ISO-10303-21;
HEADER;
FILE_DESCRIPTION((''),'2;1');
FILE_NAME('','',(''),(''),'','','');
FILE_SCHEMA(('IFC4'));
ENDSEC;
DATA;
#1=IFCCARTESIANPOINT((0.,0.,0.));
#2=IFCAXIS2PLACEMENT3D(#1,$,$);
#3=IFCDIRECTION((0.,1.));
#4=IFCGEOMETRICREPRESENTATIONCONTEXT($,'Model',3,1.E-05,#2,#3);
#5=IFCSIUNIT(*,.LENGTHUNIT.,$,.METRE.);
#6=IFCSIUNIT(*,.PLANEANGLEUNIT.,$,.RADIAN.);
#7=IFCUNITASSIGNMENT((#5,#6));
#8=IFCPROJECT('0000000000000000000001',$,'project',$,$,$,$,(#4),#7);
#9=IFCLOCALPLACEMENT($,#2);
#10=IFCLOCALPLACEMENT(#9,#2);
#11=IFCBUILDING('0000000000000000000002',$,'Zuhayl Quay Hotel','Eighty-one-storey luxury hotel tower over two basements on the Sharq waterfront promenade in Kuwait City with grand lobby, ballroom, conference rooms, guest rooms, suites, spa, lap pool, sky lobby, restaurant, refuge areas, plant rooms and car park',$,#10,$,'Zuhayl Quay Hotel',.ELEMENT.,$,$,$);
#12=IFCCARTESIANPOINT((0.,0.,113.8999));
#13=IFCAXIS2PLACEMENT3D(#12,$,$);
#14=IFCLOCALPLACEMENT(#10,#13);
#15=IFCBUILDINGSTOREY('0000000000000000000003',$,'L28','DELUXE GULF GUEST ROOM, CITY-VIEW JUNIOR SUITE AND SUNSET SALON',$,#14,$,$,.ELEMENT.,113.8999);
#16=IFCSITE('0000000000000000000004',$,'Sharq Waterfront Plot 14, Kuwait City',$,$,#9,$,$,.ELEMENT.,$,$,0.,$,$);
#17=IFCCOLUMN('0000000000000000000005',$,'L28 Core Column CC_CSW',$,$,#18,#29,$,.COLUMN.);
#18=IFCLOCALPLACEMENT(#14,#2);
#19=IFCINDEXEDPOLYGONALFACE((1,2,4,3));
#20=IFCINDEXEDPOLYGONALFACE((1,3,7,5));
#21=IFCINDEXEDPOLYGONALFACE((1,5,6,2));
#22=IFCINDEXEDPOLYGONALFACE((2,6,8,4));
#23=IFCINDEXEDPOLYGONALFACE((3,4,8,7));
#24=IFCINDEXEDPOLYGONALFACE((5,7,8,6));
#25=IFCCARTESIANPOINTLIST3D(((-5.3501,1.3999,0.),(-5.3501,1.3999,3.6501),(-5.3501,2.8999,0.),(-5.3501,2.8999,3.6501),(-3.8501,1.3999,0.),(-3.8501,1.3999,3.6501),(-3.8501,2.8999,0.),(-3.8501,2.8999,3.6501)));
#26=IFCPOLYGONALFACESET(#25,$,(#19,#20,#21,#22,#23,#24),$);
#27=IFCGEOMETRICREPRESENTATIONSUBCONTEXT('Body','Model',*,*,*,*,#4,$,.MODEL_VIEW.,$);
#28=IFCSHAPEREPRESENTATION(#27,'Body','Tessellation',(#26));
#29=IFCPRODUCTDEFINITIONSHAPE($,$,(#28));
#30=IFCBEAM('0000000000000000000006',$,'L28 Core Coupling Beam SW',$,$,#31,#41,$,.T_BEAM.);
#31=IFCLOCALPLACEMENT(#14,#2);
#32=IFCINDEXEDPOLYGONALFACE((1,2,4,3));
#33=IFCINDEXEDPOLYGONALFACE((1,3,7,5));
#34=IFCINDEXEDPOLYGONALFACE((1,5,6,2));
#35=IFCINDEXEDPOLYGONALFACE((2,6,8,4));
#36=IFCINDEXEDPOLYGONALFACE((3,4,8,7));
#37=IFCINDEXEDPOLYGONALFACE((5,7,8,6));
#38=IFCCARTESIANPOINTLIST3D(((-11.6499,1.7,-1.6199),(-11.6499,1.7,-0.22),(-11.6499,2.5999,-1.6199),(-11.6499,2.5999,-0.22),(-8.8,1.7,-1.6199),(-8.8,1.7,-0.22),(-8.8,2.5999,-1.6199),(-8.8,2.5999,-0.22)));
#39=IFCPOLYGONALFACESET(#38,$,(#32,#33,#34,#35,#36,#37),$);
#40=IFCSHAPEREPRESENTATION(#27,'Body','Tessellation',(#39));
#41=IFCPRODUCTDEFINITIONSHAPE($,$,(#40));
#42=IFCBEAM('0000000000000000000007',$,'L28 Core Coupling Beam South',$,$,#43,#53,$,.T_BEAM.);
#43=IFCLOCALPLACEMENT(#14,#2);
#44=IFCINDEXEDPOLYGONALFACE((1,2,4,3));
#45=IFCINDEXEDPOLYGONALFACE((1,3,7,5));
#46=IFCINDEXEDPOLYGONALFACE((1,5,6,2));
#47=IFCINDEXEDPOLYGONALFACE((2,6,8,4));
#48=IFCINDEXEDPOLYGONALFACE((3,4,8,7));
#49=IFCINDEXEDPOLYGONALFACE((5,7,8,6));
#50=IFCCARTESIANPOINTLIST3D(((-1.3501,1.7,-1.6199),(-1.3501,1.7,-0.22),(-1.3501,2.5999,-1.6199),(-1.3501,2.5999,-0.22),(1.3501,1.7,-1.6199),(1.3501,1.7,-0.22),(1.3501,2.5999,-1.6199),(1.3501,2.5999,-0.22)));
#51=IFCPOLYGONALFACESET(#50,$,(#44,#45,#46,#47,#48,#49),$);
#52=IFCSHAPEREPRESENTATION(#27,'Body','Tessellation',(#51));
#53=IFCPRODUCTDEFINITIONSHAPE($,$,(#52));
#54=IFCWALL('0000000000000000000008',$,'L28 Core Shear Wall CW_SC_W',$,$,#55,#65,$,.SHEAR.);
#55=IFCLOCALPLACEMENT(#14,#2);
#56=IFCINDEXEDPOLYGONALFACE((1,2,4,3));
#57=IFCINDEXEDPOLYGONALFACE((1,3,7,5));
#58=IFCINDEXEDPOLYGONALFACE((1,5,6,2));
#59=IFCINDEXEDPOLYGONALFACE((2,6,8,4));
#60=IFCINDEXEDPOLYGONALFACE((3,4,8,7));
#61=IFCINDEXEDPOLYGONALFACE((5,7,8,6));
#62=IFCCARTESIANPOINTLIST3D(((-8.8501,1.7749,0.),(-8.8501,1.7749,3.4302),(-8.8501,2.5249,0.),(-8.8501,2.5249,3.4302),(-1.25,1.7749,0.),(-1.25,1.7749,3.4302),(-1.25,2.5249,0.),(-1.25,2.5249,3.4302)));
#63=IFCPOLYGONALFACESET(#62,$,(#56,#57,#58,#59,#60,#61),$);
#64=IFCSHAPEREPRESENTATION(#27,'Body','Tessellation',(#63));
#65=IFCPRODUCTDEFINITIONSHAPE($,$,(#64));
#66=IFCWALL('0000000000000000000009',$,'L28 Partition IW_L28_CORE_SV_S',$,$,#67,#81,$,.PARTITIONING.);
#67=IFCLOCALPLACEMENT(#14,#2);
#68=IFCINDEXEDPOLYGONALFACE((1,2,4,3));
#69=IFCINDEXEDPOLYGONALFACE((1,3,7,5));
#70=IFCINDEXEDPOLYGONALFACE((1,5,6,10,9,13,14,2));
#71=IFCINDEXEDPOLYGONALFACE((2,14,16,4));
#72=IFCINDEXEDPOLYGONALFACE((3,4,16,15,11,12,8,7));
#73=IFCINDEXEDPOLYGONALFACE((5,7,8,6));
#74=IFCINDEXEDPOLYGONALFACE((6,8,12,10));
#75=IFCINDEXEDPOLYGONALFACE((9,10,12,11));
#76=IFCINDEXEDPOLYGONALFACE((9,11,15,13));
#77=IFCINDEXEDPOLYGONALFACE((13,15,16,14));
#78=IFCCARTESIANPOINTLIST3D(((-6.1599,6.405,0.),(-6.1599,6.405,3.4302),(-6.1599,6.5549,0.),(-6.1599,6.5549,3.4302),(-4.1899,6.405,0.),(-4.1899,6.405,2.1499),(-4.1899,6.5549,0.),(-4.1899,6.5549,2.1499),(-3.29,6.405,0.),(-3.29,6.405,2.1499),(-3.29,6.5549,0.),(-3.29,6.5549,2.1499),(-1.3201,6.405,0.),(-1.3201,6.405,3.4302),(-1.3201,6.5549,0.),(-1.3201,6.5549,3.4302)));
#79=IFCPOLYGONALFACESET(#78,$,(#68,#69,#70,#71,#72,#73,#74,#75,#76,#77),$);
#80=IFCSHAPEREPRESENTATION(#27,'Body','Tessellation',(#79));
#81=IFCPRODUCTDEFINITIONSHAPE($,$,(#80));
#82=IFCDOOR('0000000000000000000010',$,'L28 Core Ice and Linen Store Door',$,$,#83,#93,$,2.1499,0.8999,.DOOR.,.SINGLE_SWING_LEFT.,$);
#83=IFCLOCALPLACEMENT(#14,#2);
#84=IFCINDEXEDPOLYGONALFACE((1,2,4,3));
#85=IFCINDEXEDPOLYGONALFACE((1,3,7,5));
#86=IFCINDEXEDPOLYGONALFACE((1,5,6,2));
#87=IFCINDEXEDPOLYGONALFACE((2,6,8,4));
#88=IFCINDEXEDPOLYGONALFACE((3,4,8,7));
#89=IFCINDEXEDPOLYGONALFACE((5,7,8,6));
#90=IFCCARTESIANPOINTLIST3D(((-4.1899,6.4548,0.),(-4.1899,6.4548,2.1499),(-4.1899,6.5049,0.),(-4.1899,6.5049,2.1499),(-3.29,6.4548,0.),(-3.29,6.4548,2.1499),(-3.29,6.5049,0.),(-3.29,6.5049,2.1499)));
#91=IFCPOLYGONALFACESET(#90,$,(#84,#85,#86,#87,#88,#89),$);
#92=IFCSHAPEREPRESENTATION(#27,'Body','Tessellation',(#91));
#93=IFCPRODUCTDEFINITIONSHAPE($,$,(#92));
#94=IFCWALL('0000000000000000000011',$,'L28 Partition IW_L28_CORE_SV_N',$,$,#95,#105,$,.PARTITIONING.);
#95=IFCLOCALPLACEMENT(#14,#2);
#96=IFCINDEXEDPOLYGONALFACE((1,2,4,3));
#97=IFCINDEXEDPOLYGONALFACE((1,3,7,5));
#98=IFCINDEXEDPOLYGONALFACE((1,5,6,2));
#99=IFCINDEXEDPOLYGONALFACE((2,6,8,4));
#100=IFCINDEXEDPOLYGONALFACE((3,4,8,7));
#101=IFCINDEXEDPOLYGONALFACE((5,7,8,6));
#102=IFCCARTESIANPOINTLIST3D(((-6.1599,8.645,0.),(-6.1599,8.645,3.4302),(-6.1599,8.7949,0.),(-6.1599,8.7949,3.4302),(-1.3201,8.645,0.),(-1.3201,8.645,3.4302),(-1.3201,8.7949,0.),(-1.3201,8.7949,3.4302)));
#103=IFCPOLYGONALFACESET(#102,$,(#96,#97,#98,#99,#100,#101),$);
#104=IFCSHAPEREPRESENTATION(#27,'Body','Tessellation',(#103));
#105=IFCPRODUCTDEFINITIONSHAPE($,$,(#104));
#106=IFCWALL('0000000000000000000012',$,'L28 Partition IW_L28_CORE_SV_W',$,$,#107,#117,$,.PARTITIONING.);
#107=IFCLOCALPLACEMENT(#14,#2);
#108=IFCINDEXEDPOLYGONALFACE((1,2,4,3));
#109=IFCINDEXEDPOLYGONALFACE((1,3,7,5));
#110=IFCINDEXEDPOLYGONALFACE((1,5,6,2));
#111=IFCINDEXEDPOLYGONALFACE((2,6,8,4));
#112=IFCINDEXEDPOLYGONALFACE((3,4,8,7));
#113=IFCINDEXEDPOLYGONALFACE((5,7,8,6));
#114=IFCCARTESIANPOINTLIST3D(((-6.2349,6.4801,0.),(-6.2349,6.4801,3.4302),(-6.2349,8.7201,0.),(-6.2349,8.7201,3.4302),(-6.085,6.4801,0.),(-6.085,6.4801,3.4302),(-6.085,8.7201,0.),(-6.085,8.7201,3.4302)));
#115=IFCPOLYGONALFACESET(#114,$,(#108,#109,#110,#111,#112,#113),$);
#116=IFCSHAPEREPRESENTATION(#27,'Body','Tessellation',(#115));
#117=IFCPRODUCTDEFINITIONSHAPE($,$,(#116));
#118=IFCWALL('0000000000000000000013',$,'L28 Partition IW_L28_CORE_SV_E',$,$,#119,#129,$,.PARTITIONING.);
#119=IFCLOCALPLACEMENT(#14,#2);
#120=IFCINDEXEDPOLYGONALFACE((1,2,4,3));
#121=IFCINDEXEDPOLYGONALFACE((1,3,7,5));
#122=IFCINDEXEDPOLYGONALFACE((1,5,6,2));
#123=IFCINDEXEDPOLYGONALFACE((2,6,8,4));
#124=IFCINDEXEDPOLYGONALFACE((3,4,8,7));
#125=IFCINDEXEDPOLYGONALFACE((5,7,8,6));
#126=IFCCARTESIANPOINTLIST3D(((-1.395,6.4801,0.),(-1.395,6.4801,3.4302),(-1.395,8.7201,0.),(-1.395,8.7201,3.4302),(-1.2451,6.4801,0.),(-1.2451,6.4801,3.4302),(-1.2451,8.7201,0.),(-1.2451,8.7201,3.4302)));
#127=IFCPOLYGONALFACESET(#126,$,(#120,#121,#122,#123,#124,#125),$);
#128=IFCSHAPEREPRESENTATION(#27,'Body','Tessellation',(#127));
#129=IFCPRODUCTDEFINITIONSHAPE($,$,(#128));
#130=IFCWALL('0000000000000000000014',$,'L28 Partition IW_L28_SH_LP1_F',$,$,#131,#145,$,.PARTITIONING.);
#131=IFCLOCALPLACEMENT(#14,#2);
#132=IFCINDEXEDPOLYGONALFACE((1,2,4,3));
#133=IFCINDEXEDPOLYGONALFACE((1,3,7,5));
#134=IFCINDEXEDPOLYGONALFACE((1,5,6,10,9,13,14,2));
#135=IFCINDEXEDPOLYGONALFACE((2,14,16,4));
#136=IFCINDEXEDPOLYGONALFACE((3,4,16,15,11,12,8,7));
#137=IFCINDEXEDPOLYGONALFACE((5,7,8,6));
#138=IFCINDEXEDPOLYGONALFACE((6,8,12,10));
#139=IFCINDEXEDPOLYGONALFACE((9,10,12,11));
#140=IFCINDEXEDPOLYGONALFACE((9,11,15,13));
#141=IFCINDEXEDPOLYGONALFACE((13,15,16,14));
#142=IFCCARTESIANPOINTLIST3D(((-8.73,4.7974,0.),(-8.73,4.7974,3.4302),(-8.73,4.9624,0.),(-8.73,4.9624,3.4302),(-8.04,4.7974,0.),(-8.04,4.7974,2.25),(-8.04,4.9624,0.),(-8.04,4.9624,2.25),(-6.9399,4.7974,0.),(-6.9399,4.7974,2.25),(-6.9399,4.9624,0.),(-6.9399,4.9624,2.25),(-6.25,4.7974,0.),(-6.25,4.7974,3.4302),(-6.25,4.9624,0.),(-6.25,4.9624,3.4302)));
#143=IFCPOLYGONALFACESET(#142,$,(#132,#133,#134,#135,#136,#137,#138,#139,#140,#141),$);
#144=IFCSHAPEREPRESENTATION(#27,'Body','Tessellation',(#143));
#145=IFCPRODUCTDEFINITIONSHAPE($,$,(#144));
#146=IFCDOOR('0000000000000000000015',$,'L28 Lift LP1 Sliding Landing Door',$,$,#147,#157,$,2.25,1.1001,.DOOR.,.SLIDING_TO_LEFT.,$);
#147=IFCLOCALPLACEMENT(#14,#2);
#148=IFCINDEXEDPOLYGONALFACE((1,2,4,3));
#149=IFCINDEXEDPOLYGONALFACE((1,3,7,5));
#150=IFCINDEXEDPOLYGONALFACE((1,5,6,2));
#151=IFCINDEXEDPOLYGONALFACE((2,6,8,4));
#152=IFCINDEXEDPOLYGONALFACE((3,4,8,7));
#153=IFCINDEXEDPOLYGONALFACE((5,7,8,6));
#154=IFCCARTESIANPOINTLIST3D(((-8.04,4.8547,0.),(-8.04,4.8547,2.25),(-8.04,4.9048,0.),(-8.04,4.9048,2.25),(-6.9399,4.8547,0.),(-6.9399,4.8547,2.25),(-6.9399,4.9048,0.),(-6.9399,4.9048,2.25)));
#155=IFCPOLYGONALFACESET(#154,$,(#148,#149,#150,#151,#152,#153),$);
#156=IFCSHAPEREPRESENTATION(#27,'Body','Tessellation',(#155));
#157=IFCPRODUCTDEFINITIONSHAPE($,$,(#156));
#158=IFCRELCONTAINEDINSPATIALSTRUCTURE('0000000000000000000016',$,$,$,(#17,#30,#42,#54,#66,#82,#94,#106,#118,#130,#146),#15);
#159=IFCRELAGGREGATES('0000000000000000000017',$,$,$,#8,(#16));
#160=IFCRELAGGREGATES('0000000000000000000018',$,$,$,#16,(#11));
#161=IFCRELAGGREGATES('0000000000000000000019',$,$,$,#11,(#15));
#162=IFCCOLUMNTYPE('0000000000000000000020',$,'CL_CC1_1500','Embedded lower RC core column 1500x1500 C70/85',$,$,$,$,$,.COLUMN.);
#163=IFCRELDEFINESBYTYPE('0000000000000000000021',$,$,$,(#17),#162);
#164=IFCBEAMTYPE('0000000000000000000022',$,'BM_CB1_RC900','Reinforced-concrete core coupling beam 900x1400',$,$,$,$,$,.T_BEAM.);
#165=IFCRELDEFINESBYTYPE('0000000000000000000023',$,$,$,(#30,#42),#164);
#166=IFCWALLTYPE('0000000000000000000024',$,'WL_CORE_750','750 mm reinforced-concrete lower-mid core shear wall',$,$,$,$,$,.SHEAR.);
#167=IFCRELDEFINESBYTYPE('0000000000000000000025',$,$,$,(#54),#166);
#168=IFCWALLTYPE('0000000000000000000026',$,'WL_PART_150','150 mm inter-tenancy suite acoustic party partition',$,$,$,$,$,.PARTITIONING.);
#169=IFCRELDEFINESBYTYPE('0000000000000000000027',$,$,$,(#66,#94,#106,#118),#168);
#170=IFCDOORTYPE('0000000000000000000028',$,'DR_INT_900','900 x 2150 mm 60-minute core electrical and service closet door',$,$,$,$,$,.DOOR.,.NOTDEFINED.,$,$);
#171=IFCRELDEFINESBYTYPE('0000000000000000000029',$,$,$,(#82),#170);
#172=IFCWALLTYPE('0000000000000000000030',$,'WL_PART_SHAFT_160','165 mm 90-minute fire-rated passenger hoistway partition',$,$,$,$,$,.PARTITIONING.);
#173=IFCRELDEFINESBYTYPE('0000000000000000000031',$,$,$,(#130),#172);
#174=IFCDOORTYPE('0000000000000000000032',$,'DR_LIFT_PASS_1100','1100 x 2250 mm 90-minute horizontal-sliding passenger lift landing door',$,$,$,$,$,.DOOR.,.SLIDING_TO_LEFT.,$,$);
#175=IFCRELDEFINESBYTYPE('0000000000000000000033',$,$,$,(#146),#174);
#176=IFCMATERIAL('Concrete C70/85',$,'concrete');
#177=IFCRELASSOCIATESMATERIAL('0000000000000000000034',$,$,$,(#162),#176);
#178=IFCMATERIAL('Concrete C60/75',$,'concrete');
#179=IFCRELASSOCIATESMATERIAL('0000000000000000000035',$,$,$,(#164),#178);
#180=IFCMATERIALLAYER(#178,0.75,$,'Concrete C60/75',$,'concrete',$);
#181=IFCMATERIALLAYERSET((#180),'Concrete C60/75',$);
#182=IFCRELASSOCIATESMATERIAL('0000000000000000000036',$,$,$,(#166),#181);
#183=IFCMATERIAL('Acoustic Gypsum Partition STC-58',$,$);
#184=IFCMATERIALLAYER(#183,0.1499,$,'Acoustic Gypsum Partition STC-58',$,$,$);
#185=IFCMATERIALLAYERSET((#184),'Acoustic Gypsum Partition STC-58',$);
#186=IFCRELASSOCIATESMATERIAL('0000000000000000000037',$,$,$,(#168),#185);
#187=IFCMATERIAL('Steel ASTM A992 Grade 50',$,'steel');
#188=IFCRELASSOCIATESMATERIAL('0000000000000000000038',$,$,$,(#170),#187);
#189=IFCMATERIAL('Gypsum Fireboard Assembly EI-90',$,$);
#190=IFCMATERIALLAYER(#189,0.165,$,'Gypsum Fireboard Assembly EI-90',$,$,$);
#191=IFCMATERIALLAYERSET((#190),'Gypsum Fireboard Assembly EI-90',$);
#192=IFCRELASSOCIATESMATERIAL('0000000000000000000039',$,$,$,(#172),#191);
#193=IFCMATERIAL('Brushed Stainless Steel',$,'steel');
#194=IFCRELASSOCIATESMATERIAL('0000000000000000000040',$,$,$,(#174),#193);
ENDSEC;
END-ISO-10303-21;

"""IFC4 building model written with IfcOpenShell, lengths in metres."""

from ifc_helpers import new_model, si_unit, direction, frame, frame_2d, origin, origin_2d, place, context, subcontext, project, spatial, rectangle, extrude, material, layer, layer_set, material_profile, profile_set, type_object, element, fill, save


model = new_model("IFC4")

# Units and contexts
model_context = context("Model", 3, precision=1e-05, world=origin(), true_north=direction((0.0, 1.0)))
body_context = subcontext(model_context, "Body", "Model", "MODEL_VIEW")
ifc_project = project(units=[si_unit("LENGTHUNIT", "METRE"), si_unit("PLANEANGLEUNIT", "RADIAN")], contexts=[model_context])

# Site, building, storey
site_placement = place(None, origin())
site = spatial("IfcSite", under=ifc_project, at=site_placement, Name="Sharq Waterfront Plot 14, Kuwait City", CompositionType="ELEMENT", RefElevation=0.0)
building_placement = place(site_placement, origin())
building = spatial("IfcBuilding", under=site, at=building_placement, Name="Zuhayl Quay Hotel", Description="Eighty-one-storey luxury hotel tower over two basements on the Sharq waterfront promenade in Kuwait City with grand lobby, ballroom, conference rooms, guest rooms, suites, spa, lap pool, sky lobby, restaurant, refuge areas, plant rooms and car park", LongName="Zuhayl Quay Hotel", CompositionType="ELEMENT")
storey_placement = place(building_placement, frame((0.0, 0.0, 113.8999)))
storey = spatial("IfcBuildingStorey", under=building, at=storey_placement, Name="L28", Description="DELUXE GULF GUEST ROOM, CITY-VIEW JUNIOR SUITE AND SUNSET SALON", CompositionType="ELEMENT", Elevation=113.8999)

# Column
ifc_material_1 = material(Name="Concrete C70/85", Category="concrete")
ifc_material_profile_1 = material_profile(ifc_material_1, rectangle(XDim=1.5, YDim=1.5, at=origin_2d()), Name="RC1500X1500")
ifc_profile_set_1 = profile_set([ifc_material_profile_1], Name="Concrete C70/85")
column_type = type_object("IfcColumnType", Name="CL_CC1_1500", Description="Embedded lower RC core column 1500x1500 C70/85", PredefinedType="COLUMN", material=ifc_profile_set_1)
column_placement = place(storey_placement, frame((-4.6001, 2.1499, 0.0), z_axis=(0.0, 0.0, 1.0), x_axis=(1.0, 0.0, 0.0)))
element("IfcColumn", 1, at=column_placement, inside=storey, type_object=column_type, Name="L28 Core Column CC_CSW", PredefinedType="COLUMN", context=body_context, shape_type="SweptSolid", body=[
    extrude(rectangle(XDim=1.5, YDim=1.5, at=origin_2d()), origin(), (0.0, 0.0, 1.0), 3.6501),
])

# Beams
ifc_material_2 = material(Name="Concrete C60/75", Category="concrete")
ifc_material_profile_2 = material_profile(ifc_material_2, rectangle(XDim=0.8999, YDim=1.3999, at=origin_2d()), Name="RC900X1400")
ifc_profile_set_2 = profile_set([ifc_material_profile_2], Name="Concrete C60/75")
beam_type = type_object("IfcBeamType", Name="BM_CB1_RC900", Description="Reinforced-concrete core coupling beam 900x1400", PredefinedType="T_BEAM", material=ifc_profile_set_2)
beam_1_placement = place(storey_placement, frame((-11.6499, 2.1499, -0.9199), z_axis=(1.0, 0.0, 0.0), x_axis=(0.0, 1.0, 0.0)))
element("IfcBeam", 2, at=beam_1_placement, inside=storey, type_object=beam_type, Name="L28 Core Coupling Beam SW", PredefinedType="T_BEAM", context=body_context, shape_type="SweptSolid", body=[
    extrude(rectangle(XDim=0.8999, YDim=1.3999, at=origin_2d()), origin(), (0.0, 0.0, 1.0), 2.8499),
])
beam_2_placement = place(storey_placement, frame((-1.3501, 2.1499, -0.9199), z_axis=(1.0, 0.0, 0.0), x_axis=(0.0, 1.0, 0.0)))
element("IfcBeam", 3, at=beam_2_placement, inside=storey, type_object=beam_type, Name="L28 Core Coupling Beam South", PredefinedType="T_BEAM", context=body_context, shape_type="SweptSolid", body=[
    extrude(rectangle(XDim=0.8999, YDim=1.3999, at=origin_2d()), origin(), (0.0, 0.0, 1.0), 2.7002),
])

# Wall
ifc_layer_1 = layer(ifc_material_2, 0.75, Name="Concrete C60/75", Category="concrete")
ifc_layer_set_1 = layer_set([ifc_layer_1], Name="Concrete C60/75")
wall_type_1 = type_object("IfcWallType", Name="WL_CORE_750", Description="750 mm reinforced-concrete lower-mid core shear wall", PredefinedType="SHEAR", material=ifc_layer_set_1)
wall_1_placement = place(storey_placement, frame((-8.8501, 2.1499, 0.0), z_axis=(0.0, 0.0, 1.0), x_axis=(1.0, 0.0, 0.0)))
element("IfcWall", 4, at=wall_1_placement, inside=storey, type_object=wall_type_1, Name="L28 Core Shear Wall CW_SC_W", PredefinedType="SHEAR", context=body_context, shape_type="SweptSolid", body=[
    extrude(rectangle(XDim=7.6001, YDim=0.75, at=frame_2d((3.8, 0.0))), origin(), (0.0, 0.0, 1.0), 3.4302),
])

# Wall, opening, door
ifc_material_3 = material(Name="Acoustic Gypsum Partition STC-58")
ifc_layer_2 = layer(ifc_material_3, 0.1499, Name="Acoustic Gypsum Partition STC-58")
ifc_layer_set_2 = layer_set([ifc_layer_2], Name="Acoustic Gypsum Partition STC-58")
wall_type_2 = type_object("IfcWallType", Name="WL_PART_150", Description="150 mm inter-tenancy suite acoustic party partition", PredefinedType="PARTITIONING", material=ifc_layer_set_2)
wall_2_placement = place(storey_placement, frame((-6.1599, 6.48, 0.0), z_axis=(0.0, 0.0, 1.0), x_axis=(1.0, 0.0, 0.0)))
wall_2 = element("IfcWall", 5, at=wall_2_placement, inside=storey, type_object=wall_type_2, Name="L28 Partition IW_L28_CORE_SV_S", PredefinedType="PARTITIONING", context=body_context, shape_type="SweptSolid", body=[
    extrude(rectangle(XDim=4.8398, YDim=0.1499, at=frame_2d((2.4199, 0.0))), origin(), (0.0, 0.0, 1.0), 3.4302),
])
opening_1_placement = place(wall_2_placement, frame((1.97, 0.0, 0.0)))
opening_1 = element("IfcOpeningElement", 6, at=opening_1_placement, cuts=wall_2, PredefinedType="OPENING", context=body_context, shape_type="SweptSolid", body=[
    extrude(rectangle(XDim=0.8999, YDim=2.1499, at=frame_2d((0.45, 1.075))), frame((0.0, 0.085, 0.0), z_axis=(0.0, -1.0, 0.0), x_axis=(1.0, 0.0, 0.0)), (0.0, 0.0, 1.0), 0.1699),
])
ifc_material_4 = material(Name="Steel ASTM A992 Grade 50", Category="steel")
door_type_1 = type_object("IfcDoorType", Name="DR_INT_900", Description="900 x 2150 mm 60-minute core electrical and service closet door", OperationType="NOTDEFINED", PredefinedType="DOOR", material=ifc_material_4)
door_1_placement = place(opening_1_placement, origin())
door_1 = element("IfcDoor", 7, at=door_1_placement, inside=storey, type_object=door_type_1, Name="L28 Core Ice and Linen Store Door", OperationType="SINGLE_SWING_LEFT", OverallHeight=2.1499, OverallWidth=0.8999, PredefinedType="DOOR", context=body_context, shape_type="SweptSolid", body=[
    extrude(rectangle(XDim=0.8999, YDim=2.1499, at=frame_2d((0.45, 1.075))), frame((0.0, 0.0249, 0.0), z_axis=(0.0, -1.0, 0.0), x_axis=(1.0, 0.0, 0.0)), (0.0, 0.0, 1.0), 0.05),
])
fill(opening_1, door_1)

# Walls
wall_3_placement = place(storey_placement, frame((-6.1599, 8.72, 0.0), z_axis=(0.0, 0.0, 1.0), x_axis=(1.0, 0.0, 0.0)))
element("IfcWall", 8, at=wall_3_placement, inside=storey, type_object=wall_type_2, Name="L28 Partition IW_L28_CORE_SV_N", PredefinedType="PARTITIONING", context=body_context, shape_type="SweptSolid", body=[
    extrude(rectangle(XDim=4.8398, YDim=0.1499, at=frame_2d((2.4199, 0.0))), origin(), (0.0, 0.0, 1.0), 3.4302),
])
for number, where, z_axis, x_axis, name in (
    (9, (-6.1599, 6.48, 0.0), (0.0, 0.0, 1.0), (0.0, 1.0, 0.0), "L28 Partition IW_L28_CORE_SV_W"),
    (10, (-1.3201, 6.48, 0.0), (0.0, 0.0, 1.0), (0.0, 1.0, 0.0), "L28 Partition IW_L28_CORE_SV_E"),
):
    element("IfcWall", number, at=place(storey_placement, frame(where, z_axis=z_axis, x_axis=x_axis)), inside=storey, type_object=wall_type_2, Name=name, PredefinedType="PARTITIONING", context=body_context, shape_type="SweptSolid", body=[
        extrude(rectangle(XDim=2.24, YDim=0.1499, at=frame_2d((1.1201, 0.0))), origin(), (0.0, 0.0, 1.0), 3.4302),
    ])

# Wall, opening, door
ifc_material_5 = material(Name="Gypsum Fireboard Assembly EI-90")
ifc_layer_3 = layer(ifc_material_5, 0.165, Name="Gypsum Fireboard Assembly EI-90")
ifc_layer_set_3 = layer_set([ifc_layer_3], Name="Gypsum Fireboard Assembly EI-90")
wall_type_3 = type_object("IfcWallType", Name="WL_PART_SHAFT_160", Description="165 mm 90-minute fire-rated passenger hoistway partition", PredefinedType="PARTITIONING", material=ifc_layer_set_3)
wall_4_placement = place(storey_placement, frame((-8.73, 4.8799, 0.0), z_axis=(0.0, 0.0, 1.0), x_axis=(1.0, 0.0, 0.0)))
wall_4 = element("IfcWall", 11, at=wall_4_placement, inside=storey, type_object=wall_type_3, Name="L28 Partition IW_L28_SH_LP1_F", PredefinedType="PARTITIONING", context=body_context, shape_type="SweptSolid", body=[
    extrude(rectangle(XDim=2.48, YDim=0.165, at=frame_2d((1.24, 0.0))), origin(), (0.0, 0.0, 1.0), 3.4302),
])
opening_2_placement = place(wall_4_placement, frame((0.6899, 0.0, 0.0)))
opening_2 = element("IfcOpeningElement", 12, at=opening_2_placement, cuts=wall_4, PredefinedType="OPENING", context=body_context, shape_type="SweptSolid", body=[
    extrude(rectangle(XDim=1.1001, YDim=2.25, at=frame_2d((0.55, 1.125))), frame((0.0, 0.0925, 0.0), z_axis=(0.0, -1.0, 0.0), x_axis=(1.0, 0.0, 0.0)), (0.0, 0.0, 1.0), 0.1851),
])
ifc_material_6 = material(Name="Brushed Stainless Steel", Category="steel")
door_type_2 = type_object("IfcDoorType", Name="DR_LIFT_PASS_1100", Description="1100 x 2250 mm 90-minute horizontal-sliding passenger lift landing door", OperationType="SLIDING_TO_LEFT", PredefinedType="DOOR", material=ifc_material_6)
door_2_placement = place(opening_2_placement, origin())
door_2 = element("IfcDoor", 13, at=door_2_placement, inside=storey, type_object=door_type_2, Name="L28 Lift LP1 Sliding Landing Door", OperationType="SLIDING_TO_LEFT", OverallHeight=2.25, OverallWidth=1.1001, PredefinedType="DOOR", context=body_context, shape_type="SweptSolid", body=[
    extrude(rectangle(XDim=1.1001, YDim=2.25, at=frame_2d((0.55, 1.125))), frame((0.0, 0.0249, 0.0), z_axis=(0.0, -1.0, 0.0), x_axis=(1.0, 0.0, 0.0)), (0.0, 0.0, 1.0), 0.05),
])
fill(opening_2, door_2)

save(model, "model.ifc")
